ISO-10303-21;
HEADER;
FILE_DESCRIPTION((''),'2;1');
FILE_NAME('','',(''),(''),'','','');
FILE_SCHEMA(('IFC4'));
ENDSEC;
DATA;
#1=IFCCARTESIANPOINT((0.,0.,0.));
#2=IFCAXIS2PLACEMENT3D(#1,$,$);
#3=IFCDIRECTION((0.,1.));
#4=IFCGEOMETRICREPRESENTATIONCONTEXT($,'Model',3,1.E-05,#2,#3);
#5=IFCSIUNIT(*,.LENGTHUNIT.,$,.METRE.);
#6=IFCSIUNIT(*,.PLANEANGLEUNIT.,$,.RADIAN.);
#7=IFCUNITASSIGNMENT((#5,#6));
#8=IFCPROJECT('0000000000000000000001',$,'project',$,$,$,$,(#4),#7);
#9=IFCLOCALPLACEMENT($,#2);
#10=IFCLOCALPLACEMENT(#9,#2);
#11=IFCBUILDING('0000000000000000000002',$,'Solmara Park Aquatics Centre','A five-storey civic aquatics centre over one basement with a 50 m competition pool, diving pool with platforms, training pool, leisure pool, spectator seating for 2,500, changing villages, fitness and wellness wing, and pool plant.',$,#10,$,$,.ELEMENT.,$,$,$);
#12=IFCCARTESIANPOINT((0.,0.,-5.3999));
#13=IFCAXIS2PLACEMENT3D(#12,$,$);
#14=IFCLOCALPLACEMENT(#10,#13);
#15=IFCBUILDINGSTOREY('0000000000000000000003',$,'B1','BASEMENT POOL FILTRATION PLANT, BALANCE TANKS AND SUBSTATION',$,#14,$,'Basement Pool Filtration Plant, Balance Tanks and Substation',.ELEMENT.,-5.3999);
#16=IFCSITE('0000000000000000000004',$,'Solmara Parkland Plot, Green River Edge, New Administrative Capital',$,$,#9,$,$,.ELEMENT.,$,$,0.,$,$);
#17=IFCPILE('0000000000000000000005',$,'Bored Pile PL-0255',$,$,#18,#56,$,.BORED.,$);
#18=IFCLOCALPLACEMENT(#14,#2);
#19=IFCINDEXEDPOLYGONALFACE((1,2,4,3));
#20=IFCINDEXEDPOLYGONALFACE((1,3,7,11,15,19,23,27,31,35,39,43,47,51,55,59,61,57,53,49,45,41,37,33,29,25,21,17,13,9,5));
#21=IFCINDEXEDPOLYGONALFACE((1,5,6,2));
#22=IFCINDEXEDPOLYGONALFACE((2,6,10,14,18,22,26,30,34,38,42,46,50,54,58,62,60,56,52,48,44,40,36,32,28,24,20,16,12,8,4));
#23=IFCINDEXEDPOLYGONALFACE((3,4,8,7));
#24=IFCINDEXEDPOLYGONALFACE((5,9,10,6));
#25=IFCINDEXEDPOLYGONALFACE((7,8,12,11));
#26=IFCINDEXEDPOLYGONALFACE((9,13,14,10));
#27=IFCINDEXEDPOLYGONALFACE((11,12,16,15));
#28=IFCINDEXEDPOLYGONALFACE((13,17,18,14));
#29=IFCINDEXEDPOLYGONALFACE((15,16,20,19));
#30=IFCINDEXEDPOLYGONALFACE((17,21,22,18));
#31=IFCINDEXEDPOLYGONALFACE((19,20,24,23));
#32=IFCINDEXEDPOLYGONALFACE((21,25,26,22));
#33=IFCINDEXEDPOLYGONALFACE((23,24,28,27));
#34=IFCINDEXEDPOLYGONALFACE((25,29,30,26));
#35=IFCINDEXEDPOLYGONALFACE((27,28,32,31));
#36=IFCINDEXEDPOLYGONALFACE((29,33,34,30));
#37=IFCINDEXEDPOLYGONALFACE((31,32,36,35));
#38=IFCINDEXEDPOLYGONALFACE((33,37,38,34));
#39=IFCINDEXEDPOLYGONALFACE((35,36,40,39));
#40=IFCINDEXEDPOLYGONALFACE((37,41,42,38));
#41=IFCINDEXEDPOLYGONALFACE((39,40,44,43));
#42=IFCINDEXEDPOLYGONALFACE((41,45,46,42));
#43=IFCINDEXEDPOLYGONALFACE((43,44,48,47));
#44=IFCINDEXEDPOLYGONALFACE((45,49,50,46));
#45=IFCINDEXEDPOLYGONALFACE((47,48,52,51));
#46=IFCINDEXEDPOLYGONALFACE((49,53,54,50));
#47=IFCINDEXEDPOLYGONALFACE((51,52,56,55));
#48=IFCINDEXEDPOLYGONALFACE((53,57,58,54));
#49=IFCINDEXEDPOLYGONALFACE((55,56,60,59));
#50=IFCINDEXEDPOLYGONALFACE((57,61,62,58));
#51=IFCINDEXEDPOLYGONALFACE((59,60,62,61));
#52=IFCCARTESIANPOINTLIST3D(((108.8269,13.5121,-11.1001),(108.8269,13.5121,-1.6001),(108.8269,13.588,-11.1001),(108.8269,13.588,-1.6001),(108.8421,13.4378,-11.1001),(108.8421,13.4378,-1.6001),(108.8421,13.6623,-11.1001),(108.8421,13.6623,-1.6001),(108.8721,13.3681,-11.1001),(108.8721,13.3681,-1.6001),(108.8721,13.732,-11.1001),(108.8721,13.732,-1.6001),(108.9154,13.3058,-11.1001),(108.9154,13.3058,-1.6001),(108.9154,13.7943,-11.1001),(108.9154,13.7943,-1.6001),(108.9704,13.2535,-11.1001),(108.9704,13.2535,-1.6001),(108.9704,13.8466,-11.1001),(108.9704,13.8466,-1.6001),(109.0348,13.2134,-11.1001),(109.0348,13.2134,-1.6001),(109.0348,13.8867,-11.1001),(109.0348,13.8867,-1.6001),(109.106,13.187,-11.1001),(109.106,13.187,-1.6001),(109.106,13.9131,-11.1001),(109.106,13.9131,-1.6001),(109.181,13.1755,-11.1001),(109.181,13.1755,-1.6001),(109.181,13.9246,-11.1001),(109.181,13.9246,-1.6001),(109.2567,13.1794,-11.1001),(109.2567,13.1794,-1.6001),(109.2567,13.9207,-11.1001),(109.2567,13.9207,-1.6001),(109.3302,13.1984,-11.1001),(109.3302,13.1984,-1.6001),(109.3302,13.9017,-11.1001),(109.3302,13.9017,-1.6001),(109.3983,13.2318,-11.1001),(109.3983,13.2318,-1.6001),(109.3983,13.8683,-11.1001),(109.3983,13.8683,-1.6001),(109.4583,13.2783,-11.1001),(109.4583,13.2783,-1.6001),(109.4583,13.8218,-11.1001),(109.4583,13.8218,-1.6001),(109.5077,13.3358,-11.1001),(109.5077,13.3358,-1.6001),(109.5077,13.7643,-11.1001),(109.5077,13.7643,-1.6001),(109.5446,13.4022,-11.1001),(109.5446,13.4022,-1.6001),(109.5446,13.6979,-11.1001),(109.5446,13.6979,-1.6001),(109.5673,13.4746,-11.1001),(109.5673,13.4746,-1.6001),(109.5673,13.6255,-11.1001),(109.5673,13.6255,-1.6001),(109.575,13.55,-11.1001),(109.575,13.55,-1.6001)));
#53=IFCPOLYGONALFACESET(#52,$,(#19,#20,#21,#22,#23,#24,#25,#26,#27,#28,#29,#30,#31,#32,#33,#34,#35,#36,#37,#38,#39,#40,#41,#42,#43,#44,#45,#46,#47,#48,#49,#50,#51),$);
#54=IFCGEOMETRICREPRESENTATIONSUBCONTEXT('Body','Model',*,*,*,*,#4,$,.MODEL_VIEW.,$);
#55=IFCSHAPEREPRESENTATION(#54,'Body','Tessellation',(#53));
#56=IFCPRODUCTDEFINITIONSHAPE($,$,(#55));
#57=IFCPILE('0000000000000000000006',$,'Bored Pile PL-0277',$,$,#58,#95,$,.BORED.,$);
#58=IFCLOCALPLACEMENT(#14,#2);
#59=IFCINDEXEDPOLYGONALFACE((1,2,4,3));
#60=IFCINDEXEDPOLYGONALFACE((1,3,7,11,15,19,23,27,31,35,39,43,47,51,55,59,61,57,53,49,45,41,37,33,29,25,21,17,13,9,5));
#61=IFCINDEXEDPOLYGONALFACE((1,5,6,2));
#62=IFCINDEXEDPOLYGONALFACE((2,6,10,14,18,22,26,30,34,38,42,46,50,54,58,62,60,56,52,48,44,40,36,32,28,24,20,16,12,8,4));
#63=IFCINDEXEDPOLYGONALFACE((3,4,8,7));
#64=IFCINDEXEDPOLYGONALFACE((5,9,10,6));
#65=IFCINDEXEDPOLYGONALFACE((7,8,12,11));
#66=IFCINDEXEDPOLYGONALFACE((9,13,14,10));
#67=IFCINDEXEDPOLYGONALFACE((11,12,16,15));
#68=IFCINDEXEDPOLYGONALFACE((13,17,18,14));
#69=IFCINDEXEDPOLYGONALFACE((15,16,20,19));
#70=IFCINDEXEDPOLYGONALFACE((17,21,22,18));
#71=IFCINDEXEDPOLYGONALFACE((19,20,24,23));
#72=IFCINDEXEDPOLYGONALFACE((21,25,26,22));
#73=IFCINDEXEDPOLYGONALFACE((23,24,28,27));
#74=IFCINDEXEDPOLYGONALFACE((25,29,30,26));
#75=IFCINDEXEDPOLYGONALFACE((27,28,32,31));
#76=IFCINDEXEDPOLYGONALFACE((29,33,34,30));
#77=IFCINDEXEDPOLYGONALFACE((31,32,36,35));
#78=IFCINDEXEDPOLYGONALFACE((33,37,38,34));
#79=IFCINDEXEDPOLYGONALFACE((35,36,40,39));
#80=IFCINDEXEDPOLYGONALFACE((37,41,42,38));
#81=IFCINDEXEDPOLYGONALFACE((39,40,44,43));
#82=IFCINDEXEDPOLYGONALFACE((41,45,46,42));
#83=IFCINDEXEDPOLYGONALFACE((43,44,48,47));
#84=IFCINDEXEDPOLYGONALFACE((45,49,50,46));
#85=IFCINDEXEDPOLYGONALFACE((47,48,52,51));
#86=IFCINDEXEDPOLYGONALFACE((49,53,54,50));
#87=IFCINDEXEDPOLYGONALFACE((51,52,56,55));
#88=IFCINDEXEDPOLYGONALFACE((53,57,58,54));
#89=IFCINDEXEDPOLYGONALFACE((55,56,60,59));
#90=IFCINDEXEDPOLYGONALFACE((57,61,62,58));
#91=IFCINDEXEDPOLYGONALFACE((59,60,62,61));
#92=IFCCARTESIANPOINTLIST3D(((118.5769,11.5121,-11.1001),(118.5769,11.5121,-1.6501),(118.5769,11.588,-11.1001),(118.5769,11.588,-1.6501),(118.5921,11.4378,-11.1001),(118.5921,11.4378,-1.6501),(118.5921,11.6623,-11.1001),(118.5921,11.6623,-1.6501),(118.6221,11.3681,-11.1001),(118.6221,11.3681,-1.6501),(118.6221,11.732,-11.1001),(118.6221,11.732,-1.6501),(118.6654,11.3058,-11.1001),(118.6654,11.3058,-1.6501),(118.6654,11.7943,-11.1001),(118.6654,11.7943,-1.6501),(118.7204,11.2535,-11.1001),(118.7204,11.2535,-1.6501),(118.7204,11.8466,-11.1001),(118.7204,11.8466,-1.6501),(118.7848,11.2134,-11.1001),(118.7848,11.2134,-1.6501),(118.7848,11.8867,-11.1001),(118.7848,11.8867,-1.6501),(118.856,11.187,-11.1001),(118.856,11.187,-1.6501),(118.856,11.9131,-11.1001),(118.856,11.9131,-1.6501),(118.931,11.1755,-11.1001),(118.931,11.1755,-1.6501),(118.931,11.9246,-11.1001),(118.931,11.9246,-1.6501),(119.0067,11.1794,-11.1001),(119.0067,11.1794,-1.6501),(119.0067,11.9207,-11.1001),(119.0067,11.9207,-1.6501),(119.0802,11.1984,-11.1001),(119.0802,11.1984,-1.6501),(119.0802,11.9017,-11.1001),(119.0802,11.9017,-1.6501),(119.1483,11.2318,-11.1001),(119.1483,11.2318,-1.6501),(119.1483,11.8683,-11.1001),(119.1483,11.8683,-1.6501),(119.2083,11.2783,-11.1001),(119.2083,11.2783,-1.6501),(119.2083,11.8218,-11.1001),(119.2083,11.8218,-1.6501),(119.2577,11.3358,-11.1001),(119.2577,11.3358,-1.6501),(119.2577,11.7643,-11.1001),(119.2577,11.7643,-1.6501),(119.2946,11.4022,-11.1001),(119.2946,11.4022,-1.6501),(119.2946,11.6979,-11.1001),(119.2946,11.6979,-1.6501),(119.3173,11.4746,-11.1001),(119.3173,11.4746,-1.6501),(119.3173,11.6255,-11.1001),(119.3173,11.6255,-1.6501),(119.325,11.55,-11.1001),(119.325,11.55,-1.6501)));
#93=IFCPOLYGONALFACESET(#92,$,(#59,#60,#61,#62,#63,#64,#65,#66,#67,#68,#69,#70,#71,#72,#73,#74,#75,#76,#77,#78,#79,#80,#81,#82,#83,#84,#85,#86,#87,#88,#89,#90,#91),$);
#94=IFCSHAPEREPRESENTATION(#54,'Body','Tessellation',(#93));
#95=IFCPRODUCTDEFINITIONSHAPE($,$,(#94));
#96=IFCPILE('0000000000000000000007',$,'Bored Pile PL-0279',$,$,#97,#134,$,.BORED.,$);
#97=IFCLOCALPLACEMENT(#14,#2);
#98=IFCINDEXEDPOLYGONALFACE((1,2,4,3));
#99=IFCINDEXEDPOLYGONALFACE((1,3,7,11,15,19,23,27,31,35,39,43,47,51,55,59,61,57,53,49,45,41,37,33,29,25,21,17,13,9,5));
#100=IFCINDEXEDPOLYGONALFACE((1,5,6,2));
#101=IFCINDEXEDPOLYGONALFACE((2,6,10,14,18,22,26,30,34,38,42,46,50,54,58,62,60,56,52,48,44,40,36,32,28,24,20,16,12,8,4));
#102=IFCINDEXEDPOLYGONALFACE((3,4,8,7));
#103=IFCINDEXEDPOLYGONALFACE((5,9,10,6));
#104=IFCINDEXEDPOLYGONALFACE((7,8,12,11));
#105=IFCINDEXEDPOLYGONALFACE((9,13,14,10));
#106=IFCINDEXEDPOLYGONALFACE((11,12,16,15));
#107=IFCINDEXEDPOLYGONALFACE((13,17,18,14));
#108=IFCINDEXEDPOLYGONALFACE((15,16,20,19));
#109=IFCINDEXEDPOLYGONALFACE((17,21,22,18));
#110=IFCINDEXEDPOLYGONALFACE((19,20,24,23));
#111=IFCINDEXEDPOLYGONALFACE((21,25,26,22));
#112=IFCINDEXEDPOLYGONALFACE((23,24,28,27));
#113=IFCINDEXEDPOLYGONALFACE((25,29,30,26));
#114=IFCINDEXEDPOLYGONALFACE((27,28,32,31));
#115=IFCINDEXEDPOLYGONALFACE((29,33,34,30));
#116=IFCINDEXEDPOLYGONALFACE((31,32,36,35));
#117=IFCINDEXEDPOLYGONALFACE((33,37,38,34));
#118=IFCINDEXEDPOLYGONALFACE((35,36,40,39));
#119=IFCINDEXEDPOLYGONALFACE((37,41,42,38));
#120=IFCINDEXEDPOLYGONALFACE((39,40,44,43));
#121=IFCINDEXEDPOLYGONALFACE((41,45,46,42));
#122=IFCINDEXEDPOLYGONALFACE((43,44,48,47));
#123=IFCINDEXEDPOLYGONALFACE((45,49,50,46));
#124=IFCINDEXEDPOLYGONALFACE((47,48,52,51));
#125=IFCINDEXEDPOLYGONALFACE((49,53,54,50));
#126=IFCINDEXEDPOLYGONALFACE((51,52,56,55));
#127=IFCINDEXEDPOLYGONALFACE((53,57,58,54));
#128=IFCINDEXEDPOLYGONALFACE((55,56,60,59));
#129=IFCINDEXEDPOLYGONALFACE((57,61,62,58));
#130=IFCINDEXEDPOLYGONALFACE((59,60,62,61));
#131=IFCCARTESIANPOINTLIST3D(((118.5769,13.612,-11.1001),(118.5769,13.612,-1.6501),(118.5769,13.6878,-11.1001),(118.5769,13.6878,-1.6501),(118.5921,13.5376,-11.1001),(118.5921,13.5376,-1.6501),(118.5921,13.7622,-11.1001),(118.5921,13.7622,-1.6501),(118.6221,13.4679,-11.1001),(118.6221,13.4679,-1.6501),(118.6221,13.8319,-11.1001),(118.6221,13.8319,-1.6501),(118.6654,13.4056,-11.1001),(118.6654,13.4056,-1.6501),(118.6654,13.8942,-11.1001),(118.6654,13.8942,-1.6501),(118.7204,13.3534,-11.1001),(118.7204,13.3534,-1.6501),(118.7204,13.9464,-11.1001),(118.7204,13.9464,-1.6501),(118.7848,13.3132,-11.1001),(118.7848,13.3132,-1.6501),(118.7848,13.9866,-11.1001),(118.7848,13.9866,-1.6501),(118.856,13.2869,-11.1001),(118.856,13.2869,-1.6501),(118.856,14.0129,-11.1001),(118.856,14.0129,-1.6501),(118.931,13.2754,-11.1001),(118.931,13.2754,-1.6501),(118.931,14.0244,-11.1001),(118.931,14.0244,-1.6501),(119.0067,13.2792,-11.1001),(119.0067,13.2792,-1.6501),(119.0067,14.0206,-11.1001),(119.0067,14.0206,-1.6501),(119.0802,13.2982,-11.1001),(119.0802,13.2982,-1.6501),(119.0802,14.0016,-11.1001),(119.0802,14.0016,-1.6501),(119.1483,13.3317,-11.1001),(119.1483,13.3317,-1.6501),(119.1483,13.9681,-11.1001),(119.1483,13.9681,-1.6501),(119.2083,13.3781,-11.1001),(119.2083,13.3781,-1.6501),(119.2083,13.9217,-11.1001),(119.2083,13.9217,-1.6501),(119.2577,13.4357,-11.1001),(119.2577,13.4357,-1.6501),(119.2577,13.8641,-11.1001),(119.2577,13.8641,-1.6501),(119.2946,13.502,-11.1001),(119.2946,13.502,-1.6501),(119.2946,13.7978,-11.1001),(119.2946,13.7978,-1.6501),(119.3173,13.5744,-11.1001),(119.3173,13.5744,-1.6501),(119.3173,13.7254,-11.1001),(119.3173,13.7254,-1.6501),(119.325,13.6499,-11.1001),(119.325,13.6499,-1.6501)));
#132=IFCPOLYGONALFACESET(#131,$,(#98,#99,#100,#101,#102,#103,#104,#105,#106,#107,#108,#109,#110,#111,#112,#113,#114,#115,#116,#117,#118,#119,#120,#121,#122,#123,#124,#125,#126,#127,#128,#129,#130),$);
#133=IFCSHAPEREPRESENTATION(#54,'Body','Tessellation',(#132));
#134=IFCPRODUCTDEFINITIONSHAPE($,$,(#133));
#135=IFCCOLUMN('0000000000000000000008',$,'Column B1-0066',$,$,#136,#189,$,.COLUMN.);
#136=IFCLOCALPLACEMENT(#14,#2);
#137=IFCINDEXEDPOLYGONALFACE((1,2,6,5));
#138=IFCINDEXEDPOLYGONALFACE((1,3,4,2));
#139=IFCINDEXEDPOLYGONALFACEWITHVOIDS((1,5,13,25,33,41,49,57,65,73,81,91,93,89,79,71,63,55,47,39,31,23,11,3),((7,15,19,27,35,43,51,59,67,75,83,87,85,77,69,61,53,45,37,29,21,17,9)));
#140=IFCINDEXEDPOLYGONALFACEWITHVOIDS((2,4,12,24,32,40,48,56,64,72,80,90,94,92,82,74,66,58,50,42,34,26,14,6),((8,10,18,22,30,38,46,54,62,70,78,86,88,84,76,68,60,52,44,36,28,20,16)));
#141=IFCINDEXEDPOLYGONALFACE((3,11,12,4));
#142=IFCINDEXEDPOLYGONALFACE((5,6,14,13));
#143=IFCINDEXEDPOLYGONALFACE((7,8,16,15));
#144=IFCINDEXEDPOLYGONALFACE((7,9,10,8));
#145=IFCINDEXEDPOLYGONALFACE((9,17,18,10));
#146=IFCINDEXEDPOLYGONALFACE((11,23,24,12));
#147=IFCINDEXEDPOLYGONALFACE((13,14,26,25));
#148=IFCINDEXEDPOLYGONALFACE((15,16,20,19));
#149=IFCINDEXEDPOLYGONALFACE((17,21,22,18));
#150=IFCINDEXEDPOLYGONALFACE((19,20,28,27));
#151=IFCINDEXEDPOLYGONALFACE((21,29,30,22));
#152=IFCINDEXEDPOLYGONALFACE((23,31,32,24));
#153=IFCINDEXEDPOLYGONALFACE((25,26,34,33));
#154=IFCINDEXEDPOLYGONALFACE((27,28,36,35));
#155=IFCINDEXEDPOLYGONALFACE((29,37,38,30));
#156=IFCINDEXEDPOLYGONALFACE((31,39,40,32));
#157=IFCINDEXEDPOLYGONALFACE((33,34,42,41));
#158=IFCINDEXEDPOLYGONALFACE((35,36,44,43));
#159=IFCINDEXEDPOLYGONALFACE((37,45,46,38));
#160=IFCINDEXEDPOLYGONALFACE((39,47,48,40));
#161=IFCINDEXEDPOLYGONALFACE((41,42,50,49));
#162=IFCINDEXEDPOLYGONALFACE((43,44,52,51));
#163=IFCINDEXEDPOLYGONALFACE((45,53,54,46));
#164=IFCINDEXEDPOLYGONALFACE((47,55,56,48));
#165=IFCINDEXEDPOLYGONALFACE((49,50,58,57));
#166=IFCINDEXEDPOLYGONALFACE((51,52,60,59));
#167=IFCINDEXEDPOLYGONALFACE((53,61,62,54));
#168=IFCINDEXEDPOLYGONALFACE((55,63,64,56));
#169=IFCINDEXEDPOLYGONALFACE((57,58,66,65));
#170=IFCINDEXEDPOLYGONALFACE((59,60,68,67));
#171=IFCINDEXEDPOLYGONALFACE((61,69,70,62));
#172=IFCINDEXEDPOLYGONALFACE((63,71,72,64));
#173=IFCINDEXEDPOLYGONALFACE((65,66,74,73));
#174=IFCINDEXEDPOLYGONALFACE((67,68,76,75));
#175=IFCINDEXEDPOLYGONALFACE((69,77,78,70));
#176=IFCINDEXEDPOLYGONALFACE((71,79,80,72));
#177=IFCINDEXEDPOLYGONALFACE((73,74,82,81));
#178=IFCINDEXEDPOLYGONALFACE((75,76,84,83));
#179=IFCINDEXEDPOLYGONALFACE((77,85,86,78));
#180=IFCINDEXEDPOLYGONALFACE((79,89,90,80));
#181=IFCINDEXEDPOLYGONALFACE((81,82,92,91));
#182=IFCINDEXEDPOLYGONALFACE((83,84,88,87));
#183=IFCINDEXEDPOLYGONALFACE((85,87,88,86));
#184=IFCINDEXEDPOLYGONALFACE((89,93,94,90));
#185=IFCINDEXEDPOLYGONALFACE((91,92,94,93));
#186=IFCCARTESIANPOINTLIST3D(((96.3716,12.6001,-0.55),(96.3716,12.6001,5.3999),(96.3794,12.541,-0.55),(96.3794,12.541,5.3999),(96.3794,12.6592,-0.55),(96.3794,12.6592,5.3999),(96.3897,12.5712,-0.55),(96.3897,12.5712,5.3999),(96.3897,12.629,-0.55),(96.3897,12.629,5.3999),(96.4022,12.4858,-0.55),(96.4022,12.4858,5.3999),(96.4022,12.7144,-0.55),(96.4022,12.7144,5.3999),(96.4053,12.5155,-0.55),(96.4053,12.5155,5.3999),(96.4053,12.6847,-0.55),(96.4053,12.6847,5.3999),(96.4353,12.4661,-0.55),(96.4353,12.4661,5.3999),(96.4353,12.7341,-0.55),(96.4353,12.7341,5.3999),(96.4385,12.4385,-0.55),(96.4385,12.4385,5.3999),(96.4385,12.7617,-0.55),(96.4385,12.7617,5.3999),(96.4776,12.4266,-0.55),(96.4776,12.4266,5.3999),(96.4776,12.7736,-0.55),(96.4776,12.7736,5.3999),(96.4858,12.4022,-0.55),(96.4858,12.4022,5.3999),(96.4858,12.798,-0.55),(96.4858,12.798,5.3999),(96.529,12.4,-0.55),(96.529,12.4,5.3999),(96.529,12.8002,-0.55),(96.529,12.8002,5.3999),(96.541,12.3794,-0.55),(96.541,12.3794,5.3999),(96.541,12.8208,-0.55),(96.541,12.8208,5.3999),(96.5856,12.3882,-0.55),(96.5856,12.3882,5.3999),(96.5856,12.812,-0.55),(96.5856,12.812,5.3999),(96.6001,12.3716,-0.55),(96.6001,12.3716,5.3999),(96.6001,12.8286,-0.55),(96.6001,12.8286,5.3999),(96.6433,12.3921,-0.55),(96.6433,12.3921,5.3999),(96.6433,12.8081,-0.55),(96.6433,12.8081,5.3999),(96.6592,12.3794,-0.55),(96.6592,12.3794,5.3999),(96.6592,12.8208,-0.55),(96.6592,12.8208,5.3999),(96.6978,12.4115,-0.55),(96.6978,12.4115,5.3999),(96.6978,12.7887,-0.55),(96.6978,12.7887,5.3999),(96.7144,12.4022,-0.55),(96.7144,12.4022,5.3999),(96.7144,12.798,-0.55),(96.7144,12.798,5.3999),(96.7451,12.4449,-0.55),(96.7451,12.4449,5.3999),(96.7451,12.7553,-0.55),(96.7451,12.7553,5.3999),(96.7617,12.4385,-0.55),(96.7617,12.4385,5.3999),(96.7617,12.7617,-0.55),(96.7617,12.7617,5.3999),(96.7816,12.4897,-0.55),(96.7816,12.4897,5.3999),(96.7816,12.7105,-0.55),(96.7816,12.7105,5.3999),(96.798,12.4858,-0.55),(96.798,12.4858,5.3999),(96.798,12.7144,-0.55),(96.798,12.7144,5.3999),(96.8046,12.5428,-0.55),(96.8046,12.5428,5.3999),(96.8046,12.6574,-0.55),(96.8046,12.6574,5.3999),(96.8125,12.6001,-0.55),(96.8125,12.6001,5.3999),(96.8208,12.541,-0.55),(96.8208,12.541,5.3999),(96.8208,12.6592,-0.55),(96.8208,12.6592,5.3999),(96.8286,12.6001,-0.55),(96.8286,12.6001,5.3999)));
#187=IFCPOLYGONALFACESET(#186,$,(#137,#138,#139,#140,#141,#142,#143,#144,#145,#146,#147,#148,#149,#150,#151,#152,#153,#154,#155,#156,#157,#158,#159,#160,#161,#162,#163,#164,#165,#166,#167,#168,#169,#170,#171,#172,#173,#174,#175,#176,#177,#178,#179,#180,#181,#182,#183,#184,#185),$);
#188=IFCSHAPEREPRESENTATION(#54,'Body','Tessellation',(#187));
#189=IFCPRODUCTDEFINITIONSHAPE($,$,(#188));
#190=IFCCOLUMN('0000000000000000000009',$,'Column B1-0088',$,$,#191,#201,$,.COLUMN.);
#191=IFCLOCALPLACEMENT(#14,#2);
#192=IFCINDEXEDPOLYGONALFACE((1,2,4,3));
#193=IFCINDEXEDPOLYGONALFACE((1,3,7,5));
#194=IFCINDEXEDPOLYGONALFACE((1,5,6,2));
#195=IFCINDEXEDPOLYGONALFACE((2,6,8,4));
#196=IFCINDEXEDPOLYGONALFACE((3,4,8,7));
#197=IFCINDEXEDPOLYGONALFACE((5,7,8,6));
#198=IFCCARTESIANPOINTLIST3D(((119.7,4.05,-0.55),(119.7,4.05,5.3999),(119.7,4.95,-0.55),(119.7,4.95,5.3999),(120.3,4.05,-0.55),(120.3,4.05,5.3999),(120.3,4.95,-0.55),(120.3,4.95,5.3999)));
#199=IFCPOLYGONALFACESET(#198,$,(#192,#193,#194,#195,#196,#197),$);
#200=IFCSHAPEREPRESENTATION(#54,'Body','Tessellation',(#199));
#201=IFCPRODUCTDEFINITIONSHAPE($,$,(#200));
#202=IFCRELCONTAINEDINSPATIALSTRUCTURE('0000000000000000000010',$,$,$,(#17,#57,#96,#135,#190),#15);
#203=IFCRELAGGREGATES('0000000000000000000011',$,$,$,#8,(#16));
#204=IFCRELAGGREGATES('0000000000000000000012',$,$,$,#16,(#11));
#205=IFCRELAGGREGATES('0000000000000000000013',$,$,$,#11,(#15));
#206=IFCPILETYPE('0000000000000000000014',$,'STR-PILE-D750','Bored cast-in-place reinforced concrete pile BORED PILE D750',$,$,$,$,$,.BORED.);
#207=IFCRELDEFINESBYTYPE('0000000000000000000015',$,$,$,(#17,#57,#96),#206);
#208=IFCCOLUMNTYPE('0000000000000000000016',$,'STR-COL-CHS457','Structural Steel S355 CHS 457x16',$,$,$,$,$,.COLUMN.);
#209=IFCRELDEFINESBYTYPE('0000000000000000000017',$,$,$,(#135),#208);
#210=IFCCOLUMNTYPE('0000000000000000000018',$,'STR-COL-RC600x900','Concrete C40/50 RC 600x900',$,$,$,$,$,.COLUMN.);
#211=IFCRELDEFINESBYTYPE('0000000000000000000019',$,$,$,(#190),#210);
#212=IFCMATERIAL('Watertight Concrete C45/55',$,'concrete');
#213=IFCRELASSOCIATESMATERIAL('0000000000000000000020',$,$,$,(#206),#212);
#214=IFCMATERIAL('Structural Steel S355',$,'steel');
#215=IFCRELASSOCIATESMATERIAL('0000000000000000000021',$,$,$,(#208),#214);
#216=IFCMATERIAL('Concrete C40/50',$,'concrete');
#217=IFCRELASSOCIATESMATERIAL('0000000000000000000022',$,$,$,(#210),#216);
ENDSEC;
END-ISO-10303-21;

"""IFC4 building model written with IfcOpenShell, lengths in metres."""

from ifc_helpers import new_model, si_unit, direction, frame, origin, origin_2d, place, context, subcontext, project, spatial, rectangle, circle, hollow_circle, extrude, material, material_profile, profile_set, type_object, element, save


model = new_model("IFC4")

# Units and contexts
model_context = context("Model", 3, precision=1e-05, world=origin(), true_north=direction((0.0, 1.0)))
body_context = subcontext(model_context, "Body", "Model", "MODEL_VIEW")
ifc_project = project(units=[si_unit("LENGTHUNIT", "METRE"), si_unit("PLANEANGLEUNIT", "RADIAN")], contexts=[model_context])

# Site, building, storey
site_placement = place(None, origin())
site = spatial("IfcSite", under=ifc_project, at=site_placement, Name="Solmara Parkland Plot, Green River Edge, New Administrative Capital", CompositionType="ELEMENT", RefElevation=0.0)
building_placement = place(site_placement, origin())
building = spatial("IfcBuilding", under=site, at=building_placement, Name="Solmara Park Aquatics Centre", Description="A five-storey civic aquatics centre over one basement with a 50 m competition pool, diving pool with platforms, training pool, leisure pool, spectator seating for 2,500, changing villages, fitness and wellness wing, and pool plant.", CompositionType="ELEMENT")
storey_placement = place(building_placement, frame((0.0, 0.0, -5.3999)))
storey = spatial("IfcBuildingStorey", under=building, at=storey_placement, Name="B1", Description="BASEMENT POOL FILTRATION PLANT, BALANCE TANKS AND SUBSTATION", LongName="Basement Pool Filtration Plant, Balance Tanks and Substation", CompositionType="ELEMENT", Elevation=-5.3999)

# Shared definitions
ifc_material_1 = material(Name="Watertight Concrete C45/55", Category="concrete")

# Piles
ifc_material_profile_1 = material_profile(ifc_material_1, circle(Radius=0.375, at=origin_2d()), Name="BORED PILE D750")
ifc_profile_set_1 = profile_set([ifc_material_profile_1], Name="Watertight Concrete C45/55")
pile_type_1 = type_object("IfcPileType", Name="STR-PILE-D750", Description="Bored cast-in-place reinforced concrete pile BORED PILE D750", PredefinedType="BORED", material=ifc_profile_set_1)
for number, where, z_axis, x_axis, name in (
    (1, (109.2, 13.55, -1.6001), (0.0, 0.0, -1.0), (1.0, 0.0, 0.0), "Bored Pile PL-0255"),
):
    element("IfcPile", number, at=place(storey_placement, frame(where, z_axis=z_axis, x_axis=x_axis)), inside=storey, type_object=pile_type_1, Name=name, PredefinedType="BORED", context=body_context, shape_type="SweptSolid", body=[
        extrude(circle(Radius=0.375, at=origin_2d()), origin(), (0.0, 0.0, 1.0), 9.5),
    ])
for number, where, z_axis, x_axis, name in (
    (2, (118.95, 11.55, -1.6501), (0.0, 0.0, -1.0), (1.0, 0.0, 0.0), "Bored Pile PL-0277"),
    (3, (118.95, 13.6499, -1.6501), (0.0, 0.0, -1.0), (1.0, 0.0, 0.0), "Bored Pile PL-0279"),
):
    element("IfcPile", number, at=place(storey_placement, frame(where, z_axis=z_axis, x_axis=x_axis)), inside=storey, type_object=pile_type_1, Name=name, PredefinedType="BORED", context=body_context, shape_type="SweptSolid", body=[
        extrude(circle(Radius=0.375, at=origin_2d()), origin(), (0.0, 0.0, 1.0), 9.45),
    ])

# Columns
ifc_material_2 = material(Name="Structural Steel S355", Category="steel")
ifc_material_profile_2 = material_profile(ifc_material_2, hollow_circle(Radius=0.2285, WallThickness=0.0161, at=origin_2d()), Name="CHS 457x16")
ifc_profile_set_2 = profile_set([ifc_material_profile_2], Name="Structural Steel S355")
column_type_1 = type_object("IfcColumnType", Name="STR-COL-CHS457", Description="Structural Steel S355 CHS 457x16", PredefinedType="COLUMN", material=ifc_profile_set_2)
column_1_placement = place(storey_placement, frame((96.6001, 12.6001, -0.55), z_axis=(0.0, 0.0, 1.0), x_axis=(1.0, 0.0, 0.0)))
element("IfcColumn", 4, at=column_1_placement, inside=storey, type_object=column_type_1, Name="Column B1-0066", PredefinedType="COLUMN", context=body_context, shape_type="SweptSolid", body=[
    extrude(hollow_circle(Radius=0.2285, WallThickness=0.0161, at=origin_2d()), origin(), (0.0, 0.0, 1.0), 5.95),
])
ifc_material_3 = material(Name="Concrete C40/50", Category="concrete")
ifc_material_profile_3 = material_profile(ifc_material_3, rectangle(XDim=0.6001, YDim=0.8999, at=origin_2d()), Name="RC 600x900")
ifc_profile_set_3 = profile_set([ifc_material_profile_3], Name="Concrete C40/50")
column_type_2 = type_object("IfcColumnType", Name="STR-COL-RC600x900", Description="Concrete C40/50 RC 600x900", PredefinedType="COLUMN", material=ifc_profile_set_3)
column_2_placement = place(storey_placement, frame((120.0, 4.5, -0.55), z_axis=(0.0, 0.0, 1.0), x_axis=(1.0, 0.0, 0.0)))
element("IfcColumn", 5, at=column_2_placement, inside=storey, type_object=column_type_2, Name="Column B1-0088", PredefinedType="COLUMN", context=body_context, shape_type="SweptSolid", body=[
    extrude(rectangle(XDim=0.6001, YDim=0.8999, at=origin_2d()), origin(), (0.0, 0.0, 1.0), 5.95),
])

save(model, "model.ifc")
